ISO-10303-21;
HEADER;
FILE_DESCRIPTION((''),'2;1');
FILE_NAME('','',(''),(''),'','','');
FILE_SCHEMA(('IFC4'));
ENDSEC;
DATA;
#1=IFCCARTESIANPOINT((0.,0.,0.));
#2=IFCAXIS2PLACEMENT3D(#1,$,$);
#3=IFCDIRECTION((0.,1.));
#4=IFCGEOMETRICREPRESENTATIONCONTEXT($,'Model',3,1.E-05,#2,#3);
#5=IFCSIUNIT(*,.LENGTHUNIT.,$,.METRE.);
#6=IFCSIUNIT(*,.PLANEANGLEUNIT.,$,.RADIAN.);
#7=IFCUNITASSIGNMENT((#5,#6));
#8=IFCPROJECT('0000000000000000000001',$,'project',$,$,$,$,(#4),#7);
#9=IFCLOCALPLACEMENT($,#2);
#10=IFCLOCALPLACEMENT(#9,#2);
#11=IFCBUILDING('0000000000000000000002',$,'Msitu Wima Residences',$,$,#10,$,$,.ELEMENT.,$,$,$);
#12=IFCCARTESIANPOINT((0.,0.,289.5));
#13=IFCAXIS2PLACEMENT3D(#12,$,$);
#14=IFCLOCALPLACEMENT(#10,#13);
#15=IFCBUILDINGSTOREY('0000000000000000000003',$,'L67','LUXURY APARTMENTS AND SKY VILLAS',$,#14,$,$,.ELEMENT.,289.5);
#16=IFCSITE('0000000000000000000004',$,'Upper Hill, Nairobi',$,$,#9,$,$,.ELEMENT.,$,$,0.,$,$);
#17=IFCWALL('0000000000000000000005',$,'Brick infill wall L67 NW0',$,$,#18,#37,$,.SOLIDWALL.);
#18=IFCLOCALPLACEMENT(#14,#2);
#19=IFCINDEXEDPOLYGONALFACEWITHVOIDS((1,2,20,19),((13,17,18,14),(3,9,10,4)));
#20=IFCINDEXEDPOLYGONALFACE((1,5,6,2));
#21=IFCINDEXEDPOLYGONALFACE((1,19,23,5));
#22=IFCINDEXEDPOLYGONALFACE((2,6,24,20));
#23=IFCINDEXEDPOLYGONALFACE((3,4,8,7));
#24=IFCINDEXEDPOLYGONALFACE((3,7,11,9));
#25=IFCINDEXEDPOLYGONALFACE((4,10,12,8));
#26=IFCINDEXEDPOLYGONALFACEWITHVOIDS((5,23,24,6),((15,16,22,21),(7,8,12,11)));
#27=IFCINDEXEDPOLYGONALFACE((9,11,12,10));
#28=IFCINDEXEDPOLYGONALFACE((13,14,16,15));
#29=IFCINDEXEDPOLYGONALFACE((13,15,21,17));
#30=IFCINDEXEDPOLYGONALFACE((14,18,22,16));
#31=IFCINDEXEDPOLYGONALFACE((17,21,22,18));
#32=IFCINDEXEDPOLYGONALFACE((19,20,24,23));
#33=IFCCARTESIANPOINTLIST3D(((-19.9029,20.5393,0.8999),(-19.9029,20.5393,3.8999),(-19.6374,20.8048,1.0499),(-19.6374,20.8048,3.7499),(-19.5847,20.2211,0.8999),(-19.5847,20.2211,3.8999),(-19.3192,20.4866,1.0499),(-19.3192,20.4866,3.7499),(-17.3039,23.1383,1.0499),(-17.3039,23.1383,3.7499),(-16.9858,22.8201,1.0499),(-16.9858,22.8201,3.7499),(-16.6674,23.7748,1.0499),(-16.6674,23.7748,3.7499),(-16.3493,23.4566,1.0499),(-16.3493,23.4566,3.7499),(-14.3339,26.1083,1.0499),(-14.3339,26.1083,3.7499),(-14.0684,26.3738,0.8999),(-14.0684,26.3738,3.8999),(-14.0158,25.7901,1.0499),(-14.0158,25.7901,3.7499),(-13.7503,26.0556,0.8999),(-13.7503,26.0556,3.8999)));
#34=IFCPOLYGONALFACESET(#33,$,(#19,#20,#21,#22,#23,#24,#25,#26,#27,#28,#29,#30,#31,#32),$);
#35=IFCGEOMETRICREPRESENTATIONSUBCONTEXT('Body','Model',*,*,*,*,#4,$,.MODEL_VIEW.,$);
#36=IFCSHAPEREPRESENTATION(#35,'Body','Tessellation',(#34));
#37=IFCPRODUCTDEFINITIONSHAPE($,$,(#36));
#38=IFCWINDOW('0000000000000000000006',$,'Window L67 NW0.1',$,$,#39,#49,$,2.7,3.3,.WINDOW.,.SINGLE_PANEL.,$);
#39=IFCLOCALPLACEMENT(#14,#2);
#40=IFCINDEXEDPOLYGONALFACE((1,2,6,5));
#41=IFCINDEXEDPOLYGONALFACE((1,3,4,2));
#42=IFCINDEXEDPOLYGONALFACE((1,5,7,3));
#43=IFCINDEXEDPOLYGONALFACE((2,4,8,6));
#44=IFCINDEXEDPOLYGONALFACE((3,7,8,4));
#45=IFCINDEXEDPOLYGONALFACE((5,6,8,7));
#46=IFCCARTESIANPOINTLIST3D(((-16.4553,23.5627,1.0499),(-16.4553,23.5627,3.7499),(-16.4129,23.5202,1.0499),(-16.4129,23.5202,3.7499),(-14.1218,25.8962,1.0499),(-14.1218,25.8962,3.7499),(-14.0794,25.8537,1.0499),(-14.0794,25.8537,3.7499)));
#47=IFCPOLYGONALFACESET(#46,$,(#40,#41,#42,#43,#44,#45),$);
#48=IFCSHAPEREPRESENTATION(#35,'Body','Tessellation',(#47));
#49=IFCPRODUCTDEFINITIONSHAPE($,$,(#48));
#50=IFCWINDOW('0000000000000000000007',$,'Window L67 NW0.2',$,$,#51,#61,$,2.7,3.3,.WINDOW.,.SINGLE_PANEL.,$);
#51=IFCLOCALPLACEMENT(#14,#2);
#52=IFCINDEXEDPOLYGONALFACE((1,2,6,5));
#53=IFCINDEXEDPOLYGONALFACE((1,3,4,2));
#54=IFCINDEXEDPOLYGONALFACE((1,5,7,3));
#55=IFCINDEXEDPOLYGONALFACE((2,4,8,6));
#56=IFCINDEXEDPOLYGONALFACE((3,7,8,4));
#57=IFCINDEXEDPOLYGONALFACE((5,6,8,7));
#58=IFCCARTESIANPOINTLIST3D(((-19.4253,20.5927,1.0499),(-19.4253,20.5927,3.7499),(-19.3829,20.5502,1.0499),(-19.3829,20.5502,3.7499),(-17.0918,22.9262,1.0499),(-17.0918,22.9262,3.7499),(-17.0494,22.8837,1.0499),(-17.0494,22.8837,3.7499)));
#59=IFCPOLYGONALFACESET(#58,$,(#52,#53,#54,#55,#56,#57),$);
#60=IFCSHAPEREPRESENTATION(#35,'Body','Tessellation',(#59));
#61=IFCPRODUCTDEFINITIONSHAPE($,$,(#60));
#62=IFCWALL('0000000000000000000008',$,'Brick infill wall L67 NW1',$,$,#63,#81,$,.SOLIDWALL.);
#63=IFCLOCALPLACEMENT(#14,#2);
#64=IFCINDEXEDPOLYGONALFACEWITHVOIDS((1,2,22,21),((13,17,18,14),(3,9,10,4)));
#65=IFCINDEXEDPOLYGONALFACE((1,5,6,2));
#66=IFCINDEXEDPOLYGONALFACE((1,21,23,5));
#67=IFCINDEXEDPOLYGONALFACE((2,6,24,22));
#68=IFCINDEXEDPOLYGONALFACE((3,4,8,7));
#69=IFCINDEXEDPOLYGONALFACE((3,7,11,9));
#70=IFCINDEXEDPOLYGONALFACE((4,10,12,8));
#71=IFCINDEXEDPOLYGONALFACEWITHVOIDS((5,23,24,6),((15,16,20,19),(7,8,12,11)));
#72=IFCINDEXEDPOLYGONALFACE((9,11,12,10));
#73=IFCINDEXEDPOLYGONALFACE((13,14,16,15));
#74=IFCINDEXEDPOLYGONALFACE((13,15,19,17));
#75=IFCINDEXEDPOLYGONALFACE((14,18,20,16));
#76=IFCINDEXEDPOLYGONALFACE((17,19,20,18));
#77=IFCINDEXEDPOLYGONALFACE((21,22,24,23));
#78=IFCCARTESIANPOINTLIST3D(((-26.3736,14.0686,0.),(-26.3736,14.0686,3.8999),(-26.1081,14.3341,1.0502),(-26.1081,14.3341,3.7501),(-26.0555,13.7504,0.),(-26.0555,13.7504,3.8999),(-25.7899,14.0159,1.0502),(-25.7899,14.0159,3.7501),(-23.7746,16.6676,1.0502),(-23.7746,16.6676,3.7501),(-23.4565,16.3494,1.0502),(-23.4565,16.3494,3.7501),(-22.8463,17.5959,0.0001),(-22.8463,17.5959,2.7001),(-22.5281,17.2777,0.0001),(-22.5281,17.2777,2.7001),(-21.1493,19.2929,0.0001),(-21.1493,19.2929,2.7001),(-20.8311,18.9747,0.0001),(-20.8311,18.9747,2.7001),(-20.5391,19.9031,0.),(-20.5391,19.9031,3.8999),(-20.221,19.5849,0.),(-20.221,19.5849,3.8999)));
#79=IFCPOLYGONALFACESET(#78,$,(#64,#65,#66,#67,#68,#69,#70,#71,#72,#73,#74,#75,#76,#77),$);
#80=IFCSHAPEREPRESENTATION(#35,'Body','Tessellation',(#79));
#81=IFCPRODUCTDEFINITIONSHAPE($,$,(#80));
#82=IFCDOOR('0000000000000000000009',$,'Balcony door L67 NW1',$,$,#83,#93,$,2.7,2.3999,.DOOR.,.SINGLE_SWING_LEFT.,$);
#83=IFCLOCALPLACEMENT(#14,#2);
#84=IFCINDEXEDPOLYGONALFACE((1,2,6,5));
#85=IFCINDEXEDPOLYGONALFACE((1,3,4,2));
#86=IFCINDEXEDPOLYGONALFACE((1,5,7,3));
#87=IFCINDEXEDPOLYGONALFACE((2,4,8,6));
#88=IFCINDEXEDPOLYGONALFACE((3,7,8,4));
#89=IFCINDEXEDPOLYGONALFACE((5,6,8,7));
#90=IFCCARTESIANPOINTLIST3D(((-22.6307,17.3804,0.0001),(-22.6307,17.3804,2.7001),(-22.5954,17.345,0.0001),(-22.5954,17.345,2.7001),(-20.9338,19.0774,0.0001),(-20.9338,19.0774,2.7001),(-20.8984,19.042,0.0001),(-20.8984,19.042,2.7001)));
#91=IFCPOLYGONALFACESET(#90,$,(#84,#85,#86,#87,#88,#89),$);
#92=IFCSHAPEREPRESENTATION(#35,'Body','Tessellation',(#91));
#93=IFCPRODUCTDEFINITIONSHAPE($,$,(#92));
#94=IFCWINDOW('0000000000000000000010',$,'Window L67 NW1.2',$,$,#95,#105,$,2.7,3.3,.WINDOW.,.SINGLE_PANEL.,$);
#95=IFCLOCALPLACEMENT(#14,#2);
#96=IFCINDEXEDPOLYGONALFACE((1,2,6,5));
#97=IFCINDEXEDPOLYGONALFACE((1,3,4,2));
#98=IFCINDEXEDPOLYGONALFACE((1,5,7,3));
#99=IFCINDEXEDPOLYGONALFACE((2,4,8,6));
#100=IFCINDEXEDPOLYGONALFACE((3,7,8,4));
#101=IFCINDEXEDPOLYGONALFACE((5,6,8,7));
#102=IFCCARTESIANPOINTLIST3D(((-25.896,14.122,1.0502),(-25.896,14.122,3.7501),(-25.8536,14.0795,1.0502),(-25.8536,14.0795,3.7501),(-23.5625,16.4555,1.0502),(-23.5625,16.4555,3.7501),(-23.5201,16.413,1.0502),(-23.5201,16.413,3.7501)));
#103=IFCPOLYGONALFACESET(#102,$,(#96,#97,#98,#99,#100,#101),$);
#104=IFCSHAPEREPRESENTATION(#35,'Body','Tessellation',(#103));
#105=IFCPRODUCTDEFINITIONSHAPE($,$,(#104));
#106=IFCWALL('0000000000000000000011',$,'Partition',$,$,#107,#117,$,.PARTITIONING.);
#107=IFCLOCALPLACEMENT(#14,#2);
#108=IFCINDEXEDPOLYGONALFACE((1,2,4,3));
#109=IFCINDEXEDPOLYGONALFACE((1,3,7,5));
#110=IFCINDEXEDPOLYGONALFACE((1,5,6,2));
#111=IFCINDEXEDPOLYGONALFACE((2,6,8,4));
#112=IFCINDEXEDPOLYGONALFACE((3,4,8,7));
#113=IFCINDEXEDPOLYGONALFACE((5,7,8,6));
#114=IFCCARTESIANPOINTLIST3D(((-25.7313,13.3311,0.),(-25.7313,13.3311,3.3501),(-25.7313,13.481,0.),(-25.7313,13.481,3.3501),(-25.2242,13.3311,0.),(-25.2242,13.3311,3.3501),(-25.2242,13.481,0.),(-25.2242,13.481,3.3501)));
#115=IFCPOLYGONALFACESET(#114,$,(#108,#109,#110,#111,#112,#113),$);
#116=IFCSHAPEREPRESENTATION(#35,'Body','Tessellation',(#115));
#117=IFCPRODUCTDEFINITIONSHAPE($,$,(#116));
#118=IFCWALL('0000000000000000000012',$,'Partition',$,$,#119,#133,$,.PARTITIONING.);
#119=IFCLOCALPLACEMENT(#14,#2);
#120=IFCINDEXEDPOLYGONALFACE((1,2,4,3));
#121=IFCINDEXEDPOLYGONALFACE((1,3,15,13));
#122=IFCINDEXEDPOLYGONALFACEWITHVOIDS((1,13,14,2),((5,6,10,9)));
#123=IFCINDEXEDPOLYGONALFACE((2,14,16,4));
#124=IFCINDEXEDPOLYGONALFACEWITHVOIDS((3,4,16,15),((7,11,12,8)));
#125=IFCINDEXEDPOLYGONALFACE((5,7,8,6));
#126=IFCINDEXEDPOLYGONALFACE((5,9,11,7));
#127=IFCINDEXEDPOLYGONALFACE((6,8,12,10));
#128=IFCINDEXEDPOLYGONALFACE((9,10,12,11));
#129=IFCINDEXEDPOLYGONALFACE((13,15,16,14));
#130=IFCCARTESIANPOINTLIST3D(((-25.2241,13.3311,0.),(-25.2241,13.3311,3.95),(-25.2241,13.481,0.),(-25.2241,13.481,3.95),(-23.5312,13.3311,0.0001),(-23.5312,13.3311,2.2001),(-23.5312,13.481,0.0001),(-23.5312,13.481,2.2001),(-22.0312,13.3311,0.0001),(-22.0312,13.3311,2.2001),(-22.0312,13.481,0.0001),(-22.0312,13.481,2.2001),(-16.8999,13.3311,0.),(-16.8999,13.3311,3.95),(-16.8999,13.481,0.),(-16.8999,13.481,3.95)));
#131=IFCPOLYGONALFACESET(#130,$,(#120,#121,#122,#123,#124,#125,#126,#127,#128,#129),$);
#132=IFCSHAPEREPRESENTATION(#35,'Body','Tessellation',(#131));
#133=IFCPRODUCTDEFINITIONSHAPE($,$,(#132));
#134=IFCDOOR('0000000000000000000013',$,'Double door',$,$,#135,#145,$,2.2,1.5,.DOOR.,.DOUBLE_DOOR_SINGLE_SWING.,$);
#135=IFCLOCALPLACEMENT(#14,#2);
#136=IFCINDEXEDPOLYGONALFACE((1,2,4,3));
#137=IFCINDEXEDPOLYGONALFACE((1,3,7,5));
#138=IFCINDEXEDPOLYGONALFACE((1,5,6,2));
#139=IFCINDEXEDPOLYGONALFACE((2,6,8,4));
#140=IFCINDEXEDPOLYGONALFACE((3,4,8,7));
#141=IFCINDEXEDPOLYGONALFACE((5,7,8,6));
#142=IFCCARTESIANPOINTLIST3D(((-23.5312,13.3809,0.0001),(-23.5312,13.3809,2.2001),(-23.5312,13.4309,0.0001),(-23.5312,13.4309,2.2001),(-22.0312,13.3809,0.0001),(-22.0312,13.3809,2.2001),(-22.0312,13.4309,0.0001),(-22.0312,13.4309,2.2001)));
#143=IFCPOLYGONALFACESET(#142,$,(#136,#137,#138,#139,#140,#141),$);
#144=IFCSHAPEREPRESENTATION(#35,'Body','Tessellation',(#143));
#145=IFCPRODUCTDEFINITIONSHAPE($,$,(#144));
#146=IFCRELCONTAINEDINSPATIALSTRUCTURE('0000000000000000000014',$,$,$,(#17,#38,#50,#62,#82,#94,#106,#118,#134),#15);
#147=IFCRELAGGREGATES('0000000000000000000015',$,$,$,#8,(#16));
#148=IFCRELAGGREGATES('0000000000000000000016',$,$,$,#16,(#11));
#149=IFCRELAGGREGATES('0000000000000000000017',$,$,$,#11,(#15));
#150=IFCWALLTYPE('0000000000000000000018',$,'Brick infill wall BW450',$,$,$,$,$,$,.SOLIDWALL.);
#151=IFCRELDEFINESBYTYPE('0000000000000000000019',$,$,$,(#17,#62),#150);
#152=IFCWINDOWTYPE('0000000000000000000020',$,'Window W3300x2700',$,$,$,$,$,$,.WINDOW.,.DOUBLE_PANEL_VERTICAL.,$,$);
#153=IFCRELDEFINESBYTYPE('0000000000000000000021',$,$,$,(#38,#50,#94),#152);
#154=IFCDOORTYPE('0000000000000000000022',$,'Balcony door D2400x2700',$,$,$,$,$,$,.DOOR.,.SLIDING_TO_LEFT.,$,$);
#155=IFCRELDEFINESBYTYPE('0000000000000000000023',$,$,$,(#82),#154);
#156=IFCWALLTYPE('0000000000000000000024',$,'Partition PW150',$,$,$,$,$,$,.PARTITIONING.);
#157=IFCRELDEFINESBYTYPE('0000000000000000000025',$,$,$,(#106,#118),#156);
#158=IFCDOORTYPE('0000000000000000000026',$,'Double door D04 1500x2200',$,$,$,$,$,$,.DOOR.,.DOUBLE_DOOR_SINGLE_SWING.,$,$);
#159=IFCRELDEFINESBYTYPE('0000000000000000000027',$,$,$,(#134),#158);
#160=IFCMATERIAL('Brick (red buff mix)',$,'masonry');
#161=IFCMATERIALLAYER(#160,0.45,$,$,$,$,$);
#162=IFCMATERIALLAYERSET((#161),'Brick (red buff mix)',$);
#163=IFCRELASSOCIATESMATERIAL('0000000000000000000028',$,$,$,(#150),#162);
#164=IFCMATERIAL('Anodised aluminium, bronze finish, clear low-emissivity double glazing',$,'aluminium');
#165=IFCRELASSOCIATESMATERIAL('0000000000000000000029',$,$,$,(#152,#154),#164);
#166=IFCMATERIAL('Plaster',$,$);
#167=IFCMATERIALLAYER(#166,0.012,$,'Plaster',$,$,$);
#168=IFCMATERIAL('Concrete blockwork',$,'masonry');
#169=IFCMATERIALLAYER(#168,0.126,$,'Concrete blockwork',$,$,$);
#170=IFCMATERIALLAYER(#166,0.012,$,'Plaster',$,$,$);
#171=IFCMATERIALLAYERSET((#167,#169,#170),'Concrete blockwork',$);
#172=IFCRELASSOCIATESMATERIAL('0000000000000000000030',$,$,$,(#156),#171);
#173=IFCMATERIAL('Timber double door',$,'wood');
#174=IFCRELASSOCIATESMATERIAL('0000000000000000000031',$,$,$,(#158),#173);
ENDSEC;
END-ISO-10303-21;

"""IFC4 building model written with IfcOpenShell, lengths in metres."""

from ifc_helpers import new_model, si_unit, direction, frame, frame_2d, origin, place, context, subcontext, project, spatial, rectangle, extrude, material, layer, layer_set, type_object, element, fill, save


model = new_model("IFC4")

# Units and contexts
model_context = context("Model", 3, precision=1e-05, world=origin(), true_north=direction((0.0, 1.0)))
body_context = subcontext(model_context, "Body", "Model", "MODEL_VIEW")
ifc_project = project(units=[si_unit("LENGTHUNIT", "METRE"), si_unit("PLANEANGLEUNIT", "RADIAN")], contexts=[model_context])

# Site, building, storey
site_placement = place(None, origin())
site = spatial("IfcSite", under=ifc_project, at=site_placement, Name="Upper Hill, Nairobi", CompositionType="ELEMENT", RefElevation=0.0)
building_placement = place(site_placement, origin())
building = spatial("IfcBuilding", under=site, at=building_placement, Name="Msitu Wima Residences", CompositionType="ELEMENT")
storey_placement = place(building_placement, frame((0.0, 0.0, 289.5)))
storey = spatial("IfcBuildingStorey", under=building, at=storey_placement, Name="L67", Description="LUXURY APARTMENTS AND SKY VILLAS", CompositionType="ELEMENT", Elevation=289.5)

# Wall, openings, windows
ifc_material_1 = material(Name="Brick (red buff mix)", Category="masonry")
ifc_layer_1 = layer(ifc_material_1, 0.45)
ifc_layer_set_1 = layer_set([ifc_layer_1], Name="Brick (red buff mix)")
wall_type_1 = type_object("IfcWallType", Name="Brick infill wall BW450", PredefinedType="SOLIDWALL", material=ifc_layer_set_1)
wall_1_placement = place(storey_placement, frame((-13.9094, 26.2146, 0.8999), z_axis=(0.0, 0.0, 1.0), x_axis=(-0.707107, -0.707107, 0.0)))
wall_1 = element("IfcWall", 1, at=wall_1_placement, inside=storey, type_object=wall_type_1, Name="Brick infill wall L67 NW0", PredefinedType="SOLIDWALL", context=body_context, shape_type="SweptSolid", body=[
    extrude(rectangle(XDim=8.2512, YDim=0.45, at=frame_2d((4.1255, 0.0))), origin(), (0.0, 0.0, 1.0), 3.0),
])
opening_1_placement = place(wall_1_placement, frame((0.3755, 0.0, 0.1499)))
opening_1 = element("IfcOpeningElement", 2, at=opening_1_placement, cuts=wall_1, PredefinedType="OPENING", context=body_context, shape_type="SweptSolid", body=[
    extrude(rectangle(XDim=3.3, YDim=2.7, at=frame_2d((1.6499, 1.3501))), frame((0.0, 0.2349, 0.0), z_axis=(0.0, -1.0, 0.0), x_axis=(1.0, 0.0, 0.0)), (0.0, 0.0, 1.0), 0.47),
])
opening_2_placement = place(wall_1_placement, frame((4.5757, 0.0, 0.1499)))
opening_2 = element("IfcOpeningElement", 3, at=opening_2_placement, cuts=wall_1, PredefinedType="OPENING", context=body_context, shape_type="SweptSolid", body=[
    extrude(rectangle(XDim=3.3, YDim=2.7, at=frame_2d((1.6499, 1.3501))), frame((0.0, 0.2349, 0.0), z_axis=(0.0, -1.0, 0.0), x_axis=(1.0, 0.0, 0.0)), (0.0, 0.0, 1.0), 0.47),
])
ifc_material_2 = material(Name="Anodised aluminium, bronze finish, clear low-emissivity double glazing", Category="aluminium")
window_type = type_object("IfcWindowType", Name="Window W3300x2700", PartitioningType="DOUBLE_PANEL_VERTICAL", PredefinedType="WINDOW", material=ifc_material_2)
window_1_placement = place(opening_1_placement, origin())
window_1 = element("IfcWindow", 4, at=window_1_placement, inside=storey, type_object=window_type, Name="Window L67 NW0.1", OverallHeight=2.7, OverallWidth=3.3, PartitioningType="SINGLE_PANEL", PredefinedType="WINDOW", context=body_context, shape_type="SweptSolid", body=[
    extrude(rectangle(XDim=3.3, YDim=2.7, at=frame_2d((1.6499, 1.3501))), frame((0.0, 0.135, 0.0), z_axis=(0.0, -1.0, 0.0), x_axis=(1.0, 0.0, 0.0)), (0.0, 0.0, 1.0), 0.0601),
])
fill(opening_1, window_1)
window_2_placement = place(opening_2_placement, origin())
window_2 = element("IfcWindow", 5, at=window_2_placement, inside=storey, type_object=window_type, Name="Window L67 NW0.2", OverallHeight=2.7, OverallWidth=3.3, PartitioningType="SINGLE_PANEL", PredefinedType="WINDOW", context=body_context, shape_type="SweptSolid", body=[
    extrude(rectangle(XDim=3.3, YDim=2.7, at=frame_2d((1.6499, 1.3501))), frame((0.0, 0.135, 0.0), z_axis=(0.0, -1.0, 0.0), x_axis=(1.0, 0.0, 0.0)), (0.0, 0.0, 1.0), 0.0601),
])
fill(opening_2, window_2)

# Wall, openings, door, window
wall_2_placement = place(storey_placement, frame((-20.3801, 19.7439, 0.0), z_axis=(0.0, 0.0, 1.0), x_axis=(-0.707107, -0.707107, 0.0)))
wall_2 = element("IfcWall", 6, at=wall_2_placement, inside=storey, type_object=wall_type_1, Name="Brick infill wall L67 NW1", PredefinedType="SOLIDWALL", context=body_context, shape_type="SweptSolid", body=[
    extrude(rectangle(XDim=8.2512, YDim=0.45, at=frame_2d((4.1255, 0.0))), origin(), (0.0, 0.0, 1.0), 3.8999),
])
opening_3_placement = place(wall_2_placement, frame((0.8628, 0.0, 0.0)))
opening_3 = element("IfcOpeningElement", 7, at=opening_3_placement, cuts=wall_2, PredefinedType="OPENING", context=body_context, shape_type="SweptSolid", body=[
    extrude(rectangle(XDim=2.3999, YDim=2.7, at=frame_2d((1.2, 1.3501))), frame((0.0, 0.2349, 0.0), z_axis=(0.0, -1.0, 0.0), x_axis=(1.0, 0.0, 0.0)), (0.0, 0.0, 1.0), 0.47),
])
opening_4_placement = place(wall_2_placement, frame((4.5757, 0.0, 1.05)))
opening_4 = element("IfcOpeningElement", 8, at=opening_4_placement, cuts=wall_2, PredefinedType="OPENING", context=body_context, shape_type="SweptSolid", body=[
    extrude(rectangle(XDim=3.3, YDim=2.7, at=frame_2d((1.6499, 1.3501))), frame((0.0, 0.2349, 0.0), z_axis=(0.0, -1.0, 0.0), x_axis=(1.0, 0.0, 0.0)), (0.0, 0.0, 1.0), 0.47),
])
door_type_1 = type_object("IfcDoorType", Name="Balcony door D2400x2700", OperationType="SLIDING_TO_LEFT", PredefinedType="DOOR", material=ifc_material_2)
door_1_placement = place(opening_3_placement, origin())
door_1 = element("IfcDoor", 9, at=door_1_placement, inside=storey, type_object=door_type_1, Name="Balcony door L67 NW1", OperationType="SINGLE_SWING_LEFT", OverallHeight=2.7, OverallWidth=2.3999, PredefinedType="DOOR", context=body_context, shape_type="SweptSolid", body=[
    extrude(rectangle(XDim=2.3999, YDim=2.7, at=frame_2d((1.2, 1.3501))), frame((0.0, 0.1299, 0.0), z_axis=(0.0, -1.0, 0.0), x_axis=(1.0, 0.0, 0.0)), (0.0, 0.0, 1.0), 0.05),
])
fill(opening_3, door_1)
window_3_placement = place(opening_4_placement, origin())
window_3 = element("IfcWindow", 10, at=window_3_placement, inside=storey, type_object=window_type, Name="Window L67 NW1.2", OverallHeight=2.7, OverallWidth=3.3, PartitioningType="SINGLE_PANEL", PredefinedType="WINDOW", context=body_context, shape_type="SweptSolid", body=[
    extrude(rectangle(XDim=3.3, YDim=2.7, at=frame_2d((1.6499, 1.3501))), frame((0.0, 0.135, 0.0), z_axis=(0.0, -1.0, 0.0), x_axis=(1.0, 0.0, 0.0)), (0.0, 0.0, 1.0), 0.0601),
])
fill(opening_4, window_3)

# Shared definitions
ifc_material_3 = material(Name="Plaster")
ifc_material_4 = material(Name="Concrete blockwork", Category="masonry")

# Wall
ifc_layer_2 = layer(ifc_material_3, 0.012, Name="Plaster")
ifc_layer_3 = layer(ifc_material_4, 0.126, Name="Concrete blockwork")
ifc_layer_4 = layer(ifc_material_3, 0.012, Name="Plaster")
ifc_layer_set_2 = layer_set([ifc_layer_2, ifc_layer_3, ifc_layer_4], Name="Concrete blockwork")
wall_type_2 = type_object("IfcWallType", Name="Partition PW150", PredefinedType="PARTITIONING", material=ifc_layer_set_2)
wall_3_placement = place(storey_placement, frame((-25.7312, 13.406, 0.0), z_axis=(0.0, 0.0, 1.0), x_axis=(1.0, 0.0, 0.0)))
element("IfcWall", 11, at=wall_3_placement, inside=storey, type_object=wall_type_2, Name="Partition", PredefinedType="PARTITIONING", context=body_context, shape_type="SweptSolid", body=[
    extrude(rectangle(XDim=0.5071, YDim=0.1499, at=frame_2d((0.2534, 0.0))), origin(), (0.0, 0.0, 1.0), 3.3501),
])

# Wall, opening, door
wall_4_placement = place(storey_placement, frame((-25.2241, 13.406, 0.0), z_axis=(0.0, 0.0, 1.0), x_axis=(1.0, 0.0, 0.0)))
wall_4 = element("IfcWall", 12, at=wall_4_placement, inside=storey, type_object=wall_type_2, Name="Partition", PredefinedType="PARTITIONING", context=body_context, shape_type="SweptSolid", body=[
    extrude(rectangle(XDim=8.3242, YDim=0.1499, at=frame_2d((4.1621, 0.0))), origin(), (0.0, 0.0, 1.0), 3.95),
])
opening_5_placement = place(wall_4_placement, frame((1.6929, 0.0, 0.0)))
opening_5 = element("IfcOpeningElement", 13, at=opening_5_placement, cuts=wall_4, PredefinedType="OPENING", context=body_context, shape_type="SweptSolid", body=[
    extrude(rectangle(XDim=1.5, YDim=2.2, at=frame_2d((0.75, 1.1001))), frame((0.0, 0.085, 0.0), z_axis=(0.0, -1.0, 0.0), x_axis=(1.0, 0.0, 0.0)), (0.0, 0.0, 1.0), 0.1699),
])
ifc_material_5 = material(Name="Timber double door", Category="wood")
door_type_2 = type_object("IfcDoorType", Name="Double door D04 1500x2200", OperationType="DOUBLE_DOOR_SINGLE_SWING", PredefinedType="DOOR", material=ifc_material_5)
door_2_placement = place(opening_5_placement, origin())
door_2 = element("IfcDoor", 14, at=door_2_placement, inside=storey, type_object=door_type_2, Name="Double door", OperationType="DOUBLE_DOOR_SINGLE_SWING", OverallHeight=2.2, OverallWidth=1.5, PredefinedType="DOOR", context=body_context, shape_type="SweptSolid", body=[
    extrude(rectangle(XDim=1.5, YDim=2.2, at=frame_2d((0.75, 1.1001))), frame((0.0, 0.0249, 0.0), z_axis=(0.0, -1.0, 0.0), x_axis=(1.0, 0.0, 0.0)), (0.0, 0.0, 1.0), 0.05),
])
fill(opening_5, door_2)

save(model, "model.ifc")
